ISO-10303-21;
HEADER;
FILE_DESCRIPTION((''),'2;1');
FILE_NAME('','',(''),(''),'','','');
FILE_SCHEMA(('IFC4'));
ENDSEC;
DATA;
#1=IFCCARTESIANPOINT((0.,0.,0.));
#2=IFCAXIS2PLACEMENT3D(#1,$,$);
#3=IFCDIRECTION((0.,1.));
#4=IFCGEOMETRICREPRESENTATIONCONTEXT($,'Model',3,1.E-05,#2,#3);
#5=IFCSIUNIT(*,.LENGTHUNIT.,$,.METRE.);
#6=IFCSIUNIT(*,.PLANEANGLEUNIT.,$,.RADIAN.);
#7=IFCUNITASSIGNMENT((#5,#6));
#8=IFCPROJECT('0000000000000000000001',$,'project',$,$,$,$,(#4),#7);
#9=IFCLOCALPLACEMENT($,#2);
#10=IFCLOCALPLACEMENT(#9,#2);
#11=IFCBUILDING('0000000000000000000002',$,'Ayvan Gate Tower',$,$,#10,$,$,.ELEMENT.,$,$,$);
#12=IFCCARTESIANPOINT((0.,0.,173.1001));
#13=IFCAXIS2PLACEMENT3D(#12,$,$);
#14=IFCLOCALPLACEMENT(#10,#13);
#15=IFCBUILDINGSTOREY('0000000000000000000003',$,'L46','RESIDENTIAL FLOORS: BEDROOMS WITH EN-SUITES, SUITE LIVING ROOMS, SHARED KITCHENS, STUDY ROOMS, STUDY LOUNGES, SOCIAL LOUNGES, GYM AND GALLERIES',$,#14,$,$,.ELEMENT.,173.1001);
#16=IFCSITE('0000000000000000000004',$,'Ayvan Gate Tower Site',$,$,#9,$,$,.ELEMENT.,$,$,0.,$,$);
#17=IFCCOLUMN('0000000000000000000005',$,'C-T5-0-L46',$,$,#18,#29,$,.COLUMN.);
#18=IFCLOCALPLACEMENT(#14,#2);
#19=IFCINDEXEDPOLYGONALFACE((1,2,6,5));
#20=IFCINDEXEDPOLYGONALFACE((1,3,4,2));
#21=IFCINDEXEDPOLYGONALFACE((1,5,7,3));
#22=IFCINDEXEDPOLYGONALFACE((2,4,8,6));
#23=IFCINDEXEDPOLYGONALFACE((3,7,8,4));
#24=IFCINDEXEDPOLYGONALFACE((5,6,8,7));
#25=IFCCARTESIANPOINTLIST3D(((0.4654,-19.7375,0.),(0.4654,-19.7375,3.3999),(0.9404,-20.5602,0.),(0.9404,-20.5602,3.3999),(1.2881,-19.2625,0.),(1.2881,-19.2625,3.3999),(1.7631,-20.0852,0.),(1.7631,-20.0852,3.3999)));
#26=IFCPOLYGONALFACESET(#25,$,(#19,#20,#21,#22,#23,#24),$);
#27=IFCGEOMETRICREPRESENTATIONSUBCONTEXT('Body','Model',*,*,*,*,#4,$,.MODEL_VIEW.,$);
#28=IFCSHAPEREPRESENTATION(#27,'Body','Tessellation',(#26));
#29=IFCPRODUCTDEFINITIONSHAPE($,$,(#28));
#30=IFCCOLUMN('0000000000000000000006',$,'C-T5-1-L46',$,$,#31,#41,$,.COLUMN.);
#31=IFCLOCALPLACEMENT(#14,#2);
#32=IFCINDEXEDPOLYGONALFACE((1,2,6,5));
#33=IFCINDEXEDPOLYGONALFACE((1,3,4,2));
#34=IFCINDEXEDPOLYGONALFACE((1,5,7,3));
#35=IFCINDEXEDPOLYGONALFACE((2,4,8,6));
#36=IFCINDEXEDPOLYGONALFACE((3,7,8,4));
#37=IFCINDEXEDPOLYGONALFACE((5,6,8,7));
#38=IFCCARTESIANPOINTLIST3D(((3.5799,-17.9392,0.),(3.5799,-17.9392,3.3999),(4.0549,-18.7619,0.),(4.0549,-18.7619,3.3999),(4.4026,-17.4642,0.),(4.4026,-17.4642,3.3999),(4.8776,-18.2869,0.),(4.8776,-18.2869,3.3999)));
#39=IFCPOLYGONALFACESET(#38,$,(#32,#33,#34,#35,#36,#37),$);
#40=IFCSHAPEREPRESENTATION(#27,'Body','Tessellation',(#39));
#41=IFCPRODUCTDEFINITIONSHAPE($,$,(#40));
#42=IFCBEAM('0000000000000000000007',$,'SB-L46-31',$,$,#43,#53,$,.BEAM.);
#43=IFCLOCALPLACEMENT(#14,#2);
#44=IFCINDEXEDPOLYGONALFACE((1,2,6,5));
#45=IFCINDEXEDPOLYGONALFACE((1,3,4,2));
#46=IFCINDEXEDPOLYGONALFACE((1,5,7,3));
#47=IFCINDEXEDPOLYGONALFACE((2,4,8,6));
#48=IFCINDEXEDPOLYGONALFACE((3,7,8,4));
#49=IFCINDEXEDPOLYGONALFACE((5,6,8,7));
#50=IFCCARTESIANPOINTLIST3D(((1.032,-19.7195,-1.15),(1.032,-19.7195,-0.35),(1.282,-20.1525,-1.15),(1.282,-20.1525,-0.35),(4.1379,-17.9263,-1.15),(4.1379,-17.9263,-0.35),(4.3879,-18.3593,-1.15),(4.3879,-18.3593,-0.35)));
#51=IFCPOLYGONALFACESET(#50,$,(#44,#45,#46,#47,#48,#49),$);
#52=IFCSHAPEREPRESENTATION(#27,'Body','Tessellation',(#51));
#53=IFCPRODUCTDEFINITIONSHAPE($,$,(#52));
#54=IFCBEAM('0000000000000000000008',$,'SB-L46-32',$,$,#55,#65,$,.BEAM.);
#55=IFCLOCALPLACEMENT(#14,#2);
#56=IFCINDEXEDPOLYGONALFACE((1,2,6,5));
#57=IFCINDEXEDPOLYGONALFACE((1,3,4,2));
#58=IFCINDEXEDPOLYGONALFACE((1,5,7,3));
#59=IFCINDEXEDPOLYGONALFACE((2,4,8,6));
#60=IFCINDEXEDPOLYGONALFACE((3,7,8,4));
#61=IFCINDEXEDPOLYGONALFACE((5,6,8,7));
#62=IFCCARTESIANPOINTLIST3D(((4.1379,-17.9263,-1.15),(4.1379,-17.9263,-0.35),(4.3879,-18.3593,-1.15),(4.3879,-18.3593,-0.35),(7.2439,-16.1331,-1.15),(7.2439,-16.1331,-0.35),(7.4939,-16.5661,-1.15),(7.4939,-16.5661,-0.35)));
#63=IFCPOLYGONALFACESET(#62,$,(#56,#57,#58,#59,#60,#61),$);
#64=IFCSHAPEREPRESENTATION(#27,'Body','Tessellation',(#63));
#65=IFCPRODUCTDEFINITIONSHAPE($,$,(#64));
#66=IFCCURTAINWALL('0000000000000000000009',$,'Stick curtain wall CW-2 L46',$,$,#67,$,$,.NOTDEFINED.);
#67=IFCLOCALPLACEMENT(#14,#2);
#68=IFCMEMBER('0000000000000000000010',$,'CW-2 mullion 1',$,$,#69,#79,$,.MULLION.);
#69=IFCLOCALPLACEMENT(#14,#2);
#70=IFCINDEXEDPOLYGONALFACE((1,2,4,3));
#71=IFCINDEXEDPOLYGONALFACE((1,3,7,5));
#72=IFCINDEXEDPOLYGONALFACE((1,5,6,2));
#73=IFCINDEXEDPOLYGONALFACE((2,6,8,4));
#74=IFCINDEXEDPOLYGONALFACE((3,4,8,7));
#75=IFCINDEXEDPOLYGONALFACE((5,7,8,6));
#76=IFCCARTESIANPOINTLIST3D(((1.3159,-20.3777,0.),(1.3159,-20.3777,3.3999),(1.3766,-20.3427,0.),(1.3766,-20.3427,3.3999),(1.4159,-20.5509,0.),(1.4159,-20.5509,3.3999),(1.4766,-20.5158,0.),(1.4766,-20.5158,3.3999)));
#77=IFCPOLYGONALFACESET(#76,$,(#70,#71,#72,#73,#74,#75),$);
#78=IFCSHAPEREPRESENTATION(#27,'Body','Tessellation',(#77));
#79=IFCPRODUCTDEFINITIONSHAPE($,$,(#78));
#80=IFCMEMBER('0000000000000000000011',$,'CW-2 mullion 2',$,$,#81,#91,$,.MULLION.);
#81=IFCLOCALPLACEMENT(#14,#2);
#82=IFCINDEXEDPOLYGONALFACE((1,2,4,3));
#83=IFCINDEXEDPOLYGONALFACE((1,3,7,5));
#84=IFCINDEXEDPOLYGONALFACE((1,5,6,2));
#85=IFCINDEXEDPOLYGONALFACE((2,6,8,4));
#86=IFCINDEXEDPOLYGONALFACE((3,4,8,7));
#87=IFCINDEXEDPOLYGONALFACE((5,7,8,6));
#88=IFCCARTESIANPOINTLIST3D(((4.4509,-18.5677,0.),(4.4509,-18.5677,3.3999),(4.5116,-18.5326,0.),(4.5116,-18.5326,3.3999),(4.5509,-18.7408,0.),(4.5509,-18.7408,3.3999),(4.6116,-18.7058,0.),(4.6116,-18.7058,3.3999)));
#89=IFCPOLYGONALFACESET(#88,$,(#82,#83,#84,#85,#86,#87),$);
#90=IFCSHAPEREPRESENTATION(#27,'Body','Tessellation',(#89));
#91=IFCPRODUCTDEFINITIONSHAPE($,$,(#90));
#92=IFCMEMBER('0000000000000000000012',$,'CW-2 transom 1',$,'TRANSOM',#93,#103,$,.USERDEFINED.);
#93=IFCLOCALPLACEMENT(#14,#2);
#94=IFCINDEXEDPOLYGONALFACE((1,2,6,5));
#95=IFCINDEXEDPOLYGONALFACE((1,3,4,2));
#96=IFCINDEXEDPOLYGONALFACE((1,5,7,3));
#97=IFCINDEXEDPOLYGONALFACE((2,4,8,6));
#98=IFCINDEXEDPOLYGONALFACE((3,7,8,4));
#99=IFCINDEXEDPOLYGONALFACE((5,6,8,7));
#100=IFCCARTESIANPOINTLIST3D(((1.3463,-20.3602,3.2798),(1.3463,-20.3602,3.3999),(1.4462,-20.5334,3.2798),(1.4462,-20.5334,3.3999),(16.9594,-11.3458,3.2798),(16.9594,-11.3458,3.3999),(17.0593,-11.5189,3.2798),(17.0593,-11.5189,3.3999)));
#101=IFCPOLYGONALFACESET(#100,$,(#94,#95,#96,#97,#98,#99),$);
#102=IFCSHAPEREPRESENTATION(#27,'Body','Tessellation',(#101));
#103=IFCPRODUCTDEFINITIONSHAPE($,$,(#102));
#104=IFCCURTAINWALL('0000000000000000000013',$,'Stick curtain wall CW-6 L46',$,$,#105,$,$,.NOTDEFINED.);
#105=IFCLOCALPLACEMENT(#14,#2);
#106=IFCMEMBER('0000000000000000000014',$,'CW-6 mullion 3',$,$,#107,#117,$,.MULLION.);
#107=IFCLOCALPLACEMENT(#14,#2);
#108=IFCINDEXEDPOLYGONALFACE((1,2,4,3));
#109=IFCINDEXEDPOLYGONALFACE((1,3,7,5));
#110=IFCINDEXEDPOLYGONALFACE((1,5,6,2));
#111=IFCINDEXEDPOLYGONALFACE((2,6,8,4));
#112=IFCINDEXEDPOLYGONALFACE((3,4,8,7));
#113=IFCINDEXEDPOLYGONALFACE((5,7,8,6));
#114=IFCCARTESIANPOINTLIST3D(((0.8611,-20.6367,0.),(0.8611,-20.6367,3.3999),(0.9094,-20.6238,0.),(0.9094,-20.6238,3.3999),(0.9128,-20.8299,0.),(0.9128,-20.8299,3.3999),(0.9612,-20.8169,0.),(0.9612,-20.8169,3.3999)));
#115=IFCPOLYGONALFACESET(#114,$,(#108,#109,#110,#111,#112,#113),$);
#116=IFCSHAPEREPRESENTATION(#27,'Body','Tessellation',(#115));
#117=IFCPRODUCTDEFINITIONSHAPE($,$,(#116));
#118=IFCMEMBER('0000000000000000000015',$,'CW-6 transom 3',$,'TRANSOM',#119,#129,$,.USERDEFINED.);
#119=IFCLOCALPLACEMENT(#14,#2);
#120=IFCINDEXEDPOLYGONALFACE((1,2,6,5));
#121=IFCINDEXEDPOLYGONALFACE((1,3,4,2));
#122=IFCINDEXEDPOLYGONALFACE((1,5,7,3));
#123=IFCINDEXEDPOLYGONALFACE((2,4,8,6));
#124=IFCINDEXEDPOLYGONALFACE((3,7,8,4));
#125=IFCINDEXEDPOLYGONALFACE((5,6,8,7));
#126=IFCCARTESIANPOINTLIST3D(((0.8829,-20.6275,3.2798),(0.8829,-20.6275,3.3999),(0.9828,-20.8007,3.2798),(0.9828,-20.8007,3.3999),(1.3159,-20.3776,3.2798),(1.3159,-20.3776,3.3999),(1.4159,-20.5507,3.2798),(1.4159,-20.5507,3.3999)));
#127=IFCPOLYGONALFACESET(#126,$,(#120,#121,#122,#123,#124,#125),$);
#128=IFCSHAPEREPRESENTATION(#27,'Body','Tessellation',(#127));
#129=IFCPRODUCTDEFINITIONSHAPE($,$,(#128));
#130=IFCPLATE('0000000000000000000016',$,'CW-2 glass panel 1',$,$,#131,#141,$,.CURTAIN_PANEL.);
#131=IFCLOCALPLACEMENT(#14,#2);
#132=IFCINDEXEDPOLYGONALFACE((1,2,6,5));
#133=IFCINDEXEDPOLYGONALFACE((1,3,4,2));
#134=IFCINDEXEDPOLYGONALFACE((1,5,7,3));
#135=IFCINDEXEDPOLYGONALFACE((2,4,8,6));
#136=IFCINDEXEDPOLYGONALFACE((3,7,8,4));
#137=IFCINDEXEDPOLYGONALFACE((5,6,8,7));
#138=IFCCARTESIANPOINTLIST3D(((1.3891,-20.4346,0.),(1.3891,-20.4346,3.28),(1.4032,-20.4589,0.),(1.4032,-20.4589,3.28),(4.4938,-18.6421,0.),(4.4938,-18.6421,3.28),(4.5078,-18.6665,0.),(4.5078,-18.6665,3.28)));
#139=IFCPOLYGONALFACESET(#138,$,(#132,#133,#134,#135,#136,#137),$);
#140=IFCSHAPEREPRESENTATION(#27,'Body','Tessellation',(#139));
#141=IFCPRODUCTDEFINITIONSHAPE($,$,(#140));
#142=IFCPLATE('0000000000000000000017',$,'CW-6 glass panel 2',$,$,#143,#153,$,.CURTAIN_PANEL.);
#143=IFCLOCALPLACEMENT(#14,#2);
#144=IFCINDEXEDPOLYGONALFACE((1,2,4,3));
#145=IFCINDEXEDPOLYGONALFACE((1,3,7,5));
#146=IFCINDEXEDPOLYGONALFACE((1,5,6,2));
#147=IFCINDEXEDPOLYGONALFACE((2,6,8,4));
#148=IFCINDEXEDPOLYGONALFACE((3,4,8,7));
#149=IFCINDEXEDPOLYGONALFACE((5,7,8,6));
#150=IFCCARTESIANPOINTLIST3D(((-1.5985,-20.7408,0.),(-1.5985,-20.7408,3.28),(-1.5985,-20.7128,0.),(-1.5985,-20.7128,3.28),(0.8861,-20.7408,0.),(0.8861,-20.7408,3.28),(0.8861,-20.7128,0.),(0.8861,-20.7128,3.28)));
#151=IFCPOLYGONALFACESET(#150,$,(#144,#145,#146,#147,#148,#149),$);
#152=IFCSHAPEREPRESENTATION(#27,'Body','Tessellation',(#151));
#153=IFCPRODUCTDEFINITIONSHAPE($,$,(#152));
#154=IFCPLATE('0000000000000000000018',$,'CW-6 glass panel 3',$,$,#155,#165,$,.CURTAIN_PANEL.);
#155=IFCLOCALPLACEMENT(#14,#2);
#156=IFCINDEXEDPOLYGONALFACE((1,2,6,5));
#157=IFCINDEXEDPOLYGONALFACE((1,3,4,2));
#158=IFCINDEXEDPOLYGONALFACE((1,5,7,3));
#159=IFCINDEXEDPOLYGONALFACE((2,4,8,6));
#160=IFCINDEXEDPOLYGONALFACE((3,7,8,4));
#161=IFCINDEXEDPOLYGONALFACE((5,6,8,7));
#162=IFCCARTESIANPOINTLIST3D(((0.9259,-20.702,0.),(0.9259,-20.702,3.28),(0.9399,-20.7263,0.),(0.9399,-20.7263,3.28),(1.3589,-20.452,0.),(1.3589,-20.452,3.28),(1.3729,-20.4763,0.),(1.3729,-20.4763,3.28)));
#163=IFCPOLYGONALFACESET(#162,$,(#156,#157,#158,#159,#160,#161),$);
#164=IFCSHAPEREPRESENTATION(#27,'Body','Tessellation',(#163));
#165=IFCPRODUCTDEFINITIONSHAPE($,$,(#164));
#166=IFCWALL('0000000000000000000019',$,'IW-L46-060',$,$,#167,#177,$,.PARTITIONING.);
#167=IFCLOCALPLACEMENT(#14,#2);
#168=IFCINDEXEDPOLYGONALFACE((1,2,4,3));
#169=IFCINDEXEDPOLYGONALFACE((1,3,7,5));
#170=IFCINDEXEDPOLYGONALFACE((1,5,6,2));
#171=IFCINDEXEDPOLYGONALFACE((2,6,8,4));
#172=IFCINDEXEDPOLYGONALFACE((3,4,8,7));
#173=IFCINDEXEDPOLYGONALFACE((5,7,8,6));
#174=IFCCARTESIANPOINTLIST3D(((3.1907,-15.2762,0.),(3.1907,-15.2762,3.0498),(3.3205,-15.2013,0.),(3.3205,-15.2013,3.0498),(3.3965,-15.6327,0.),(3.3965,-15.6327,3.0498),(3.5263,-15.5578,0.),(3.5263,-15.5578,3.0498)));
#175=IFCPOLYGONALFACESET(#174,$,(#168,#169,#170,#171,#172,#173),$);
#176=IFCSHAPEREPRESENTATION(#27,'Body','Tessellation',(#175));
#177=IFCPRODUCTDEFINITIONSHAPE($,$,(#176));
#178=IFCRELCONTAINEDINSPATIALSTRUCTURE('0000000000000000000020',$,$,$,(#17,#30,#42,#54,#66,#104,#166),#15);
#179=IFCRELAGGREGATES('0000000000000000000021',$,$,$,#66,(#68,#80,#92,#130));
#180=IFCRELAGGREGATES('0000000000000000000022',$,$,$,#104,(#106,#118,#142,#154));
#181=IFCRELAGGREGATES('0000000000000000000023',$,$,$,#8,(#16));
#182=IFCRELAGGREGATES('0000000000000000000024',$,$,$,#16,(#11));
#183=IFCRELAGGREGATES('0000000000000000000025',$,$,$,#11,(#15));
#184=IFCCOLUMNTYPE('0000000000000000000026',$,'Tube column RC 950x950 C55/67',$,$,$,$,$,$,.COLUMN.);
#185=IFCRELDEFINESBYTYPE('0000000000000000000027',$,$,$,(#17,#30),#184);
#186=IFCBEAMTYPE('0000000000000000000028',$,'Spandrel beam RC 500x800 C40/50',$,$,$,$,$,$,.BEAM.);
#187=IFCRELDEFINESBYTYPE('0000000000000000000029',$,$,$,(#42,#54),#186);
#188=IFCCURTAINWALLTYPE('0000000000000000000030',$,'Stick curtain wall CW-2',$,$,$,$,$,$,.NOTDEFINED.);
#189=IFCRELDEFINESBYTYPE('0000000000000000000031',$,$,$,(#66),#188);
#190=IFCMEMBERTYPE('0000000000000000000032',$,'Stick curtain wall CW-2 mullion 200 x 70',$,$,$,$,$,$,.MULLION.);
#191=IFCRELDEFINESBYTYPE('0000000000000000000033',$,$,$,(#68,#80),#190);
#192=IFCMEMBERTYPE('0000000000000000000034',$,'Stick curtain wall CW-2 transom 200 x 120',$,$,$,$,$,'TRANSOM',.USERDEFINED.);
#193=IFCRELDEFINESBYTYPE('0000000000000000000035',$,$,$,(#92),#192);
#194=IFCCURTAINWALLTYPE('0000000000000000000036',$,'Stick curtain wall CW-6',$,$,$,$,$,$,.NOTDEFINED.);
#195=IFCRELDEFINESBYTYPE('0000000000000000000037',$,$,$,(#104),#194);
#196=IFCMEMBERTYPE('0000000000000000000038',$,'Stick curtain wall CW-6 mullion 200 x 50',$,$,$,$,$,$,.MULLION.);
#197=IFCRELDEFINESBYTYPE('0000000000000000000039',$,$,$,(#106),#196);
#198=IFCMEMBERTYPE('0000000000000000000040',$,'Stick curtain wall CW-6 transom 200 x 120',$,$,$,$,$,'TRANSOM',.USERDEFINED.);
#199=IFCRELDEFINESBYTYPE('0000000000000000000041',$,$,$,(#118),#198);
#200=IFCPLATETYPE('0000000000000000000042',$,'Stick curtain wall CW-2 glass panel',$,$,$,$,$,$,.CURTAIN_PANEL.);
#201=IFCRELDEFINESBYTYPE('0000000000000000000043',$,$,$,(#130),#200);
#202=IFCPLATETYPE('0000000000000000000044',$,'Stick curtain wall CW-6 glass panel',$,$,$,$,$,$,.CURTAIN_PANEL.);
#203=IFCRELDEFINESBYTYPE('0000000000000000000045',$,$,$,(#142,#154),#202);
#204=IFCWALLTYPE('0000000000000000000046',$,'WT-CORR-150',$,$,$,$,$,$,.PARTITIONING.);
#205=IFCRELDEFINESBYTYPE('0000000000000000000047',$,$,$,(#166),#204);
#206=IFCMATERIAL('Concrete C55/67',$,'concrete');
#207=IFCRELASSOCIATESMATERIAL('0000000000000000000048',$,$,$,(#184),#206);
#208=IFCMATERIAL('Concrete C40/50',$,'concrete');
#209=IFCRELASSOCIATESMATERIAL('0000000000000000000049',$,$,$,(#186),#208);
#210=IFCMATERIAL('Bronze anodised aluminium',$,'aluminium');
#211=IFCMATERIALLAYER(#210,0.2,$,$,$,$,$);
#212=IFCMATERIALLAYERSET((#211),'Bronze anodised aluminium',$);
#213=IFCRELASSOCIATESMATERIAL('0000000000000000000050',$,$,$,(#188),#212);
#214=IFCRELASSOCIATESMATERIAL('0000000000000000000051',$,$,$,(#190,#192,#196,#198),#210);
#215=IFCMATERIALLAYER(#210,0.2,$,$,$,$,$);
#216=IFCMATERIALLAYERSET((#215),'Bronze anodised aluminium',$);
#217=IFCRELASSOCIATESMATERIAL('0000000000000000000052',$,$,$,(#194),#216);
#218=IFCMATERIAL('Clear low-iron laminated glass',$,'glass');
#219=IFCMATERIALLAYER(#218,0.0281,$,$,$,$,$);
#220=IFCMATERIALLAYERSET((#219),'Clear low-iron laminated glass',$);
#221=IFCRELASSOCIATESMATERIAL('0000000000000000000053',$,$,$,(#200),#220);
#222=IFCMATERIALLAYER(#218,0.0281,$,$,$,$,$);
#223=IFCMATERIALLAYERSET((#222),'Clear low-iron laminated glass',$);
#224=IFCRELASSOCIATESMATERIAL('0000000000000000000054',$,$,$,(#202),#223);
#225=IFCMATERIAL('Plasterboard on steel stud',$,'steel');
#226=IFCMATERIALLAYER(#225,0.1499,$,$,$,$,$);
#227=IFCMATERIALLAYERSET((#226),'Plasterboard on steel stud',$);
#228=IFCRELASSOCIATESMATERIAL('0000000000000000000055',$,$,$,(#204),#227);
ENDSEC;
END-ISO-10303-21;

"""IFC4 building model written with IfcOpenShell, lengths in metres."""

from ifc_helpers import new_model, si_unit, direction, frame, frame_2d, origin, origin_2d, place, context, subcontext, project, spatial, rectangle, extrude, material, layer, layer_set, material_profile, profile_set, type_object, element, aggregate, save


model = new_model("IFC4")

# Units and contexts
model_context = context("Model", 3, precision=1e-05, world=origin(), true_north=direction((0.0, 1.0)))
body_context = subcontext(model_context, "Body", "Model", "MODEL_VIEW")
ifc_project = project(units=[si_unit("LENGTHUNIT", "METRE"), si_unit("PLANEANGLEUNIT", "RADIAN")], contexts=[model_context])

# Site, building, storey
site_placement = place(None, origin())
site = spatial("IfcSite", under=ifc_project, at=site_placement, Name="Ayvan Gate Tower Site", CompositionType="ELEMENT", RefElevation=0.0)
building_placement = place(site_placement, origin())
building = spatial("IfcBuilding", under=site, at=building_placement, Name="Ayvan Gate Tower", CompositionType="ELEMENT")
storey_placement = place(building_placement, frame((0.0, 0.0, 173.1001)))
storey = spatial("IfcBuildingStorey", under=building, at=storey_placement, Name="L46", Description="RESIDENTIAL FLOORS: BEDROOMS WITH EN-SUITES, SUITE LIVING ROOMS, SHARED KITCHENS, STUDY ROOMS, STUDY LOUNGES, SOCIAL LOUNGES, GYM AND GALLERIES", CompositionType="ELEMENT", Elevation=173.1001)

# Columns
ifc_material_1 = material(Name="Concrete C55/67", Category="concrete")
ifc_material_profile_1 = material_profile(ifc_material_1, rectangle(XDim=0.95, YDim=0.95, at=origin_2d()), Name="RC 950x950")
ifc_profile_set_1 = profile_set([ifc_material_profile_1], Name="Concrete C55/67")
column_type = type_object("IfcColumnType", Name="Tube column RC 950x950 C55/67", PredefinedType="COLUMN", material=ifc_profile_set_1)
for number, where, z_axis, x_axis, name in (
    (1, (1.1143, -19.9114, 0.0), (0.0, 0.0, 1.0), (0.5, -0.866025, 0.0), "C-T5-0-L46"),
    (2, (4.2288, -18.113, 0.0), (0.0, 0.0, 1.0), (0.5, -0.866025, 0.0), "C-T5-1-L46"),
):
    element("IfcColumn", number, at=place(storey_placement, frame(where, z_axis=z_axis, x_axis=x_axis)), inside=storey, type_object=column_type, Name=name, PredefinedType="COLUMN", context=body_context, shape_type="SweptSolid", body=[
        extrude(rectangle(XDim=0.95, YDim=0.95, at=origin_2d()), origin(), (0.0, 0.0, 1.0), 3.3999),
    ])

# Beams
ifc_material_2 = material(Name="Concrete C40/50", Category="concrete")
ifc_material_profile_2 = material_profile(ifc_material_2, rectangle(XDim=0.5, YDim=0.8, at=origin_2d()), Name="RC 500x800")
ifc_profile_set_2 = profile_set([ifc_material_profile_2], Name="Concrete C40/50")
beam_type = type_object("IfcBeamType", Name="Spandrel beam RC 500x800 C40/50", PredefinedType="BEAM", material=ifc_profile_set_2)
for number, where, z_axis, x_axis, name in (
    (3, (1.157, -19.936, -0.75), (0.866027, 0.499997, 0.0), (-0.499997, 0.866027, 0.0), "SB-L46-31"),
    (4, (4.2629, -18.1428, -0.75), (0.866027, 0.499997, 0.0), (-0.499997, 0.866027, 0.0), "SB-L46-32"),
):
    element("IfcBeam", number, at=place(storey_placement, frame(where, z_axis=z_axis, x_axis=x_axis)), inside=storey, type_object=beam_type, Name=name, PredefinedType="BEAM", context=body_context, shape_type="SweptSolid", body=[
        extrude(rectangle(XDim=0.5, YDim=0.8, at=origin_2d()), origin(), (0.0, 0.0, 1.0), 3.5864),
    ])

# Curtain walls, members
ifc_material_3 = material(Name="Bronze anodised aluminium", Category="aluminium")
ifc_layer_1 = layer(ifc_material_3, 0.2)
ifc_layer_set_1 = layer_set([ifc_layer_1], Name="Bronze anodised aluminium")
curtain_wall_type_1 = type_object("IfcCurtainWallType", Name="Stick curtain wall CW-2", PredefinedType="NOTDEFINED", material=ifc_layer_set_1)
curtain_wall_1_placement = place(storey_placement, origin())
curtain_wall_1 = element("IfcCurtainWall", 5, at=curtain_wall_1_placement, inside=storey, type_object=curtain_wall_type_1, Name="Stick curtain wall CW-2 L46", PredefinedType="NOTDEFINED")
ifc_material_profile_3 = material_profile(ifc_material_3, rectangle(XDim=0.2, YDim=0.0701, at=origin_2d()), Name="Stick curtain wall CW-2 mullion 200 x 70")
ifc_profile_set_3 = profile_set([ifc_material_profile_3], Name="Bronze anodised aluminium")
member_type_1 = type_object("IfcMemberType", Name="Stick curtain wall CW-2 mullion 200 x 70", PredefinedType="MULLION", material=ifc_profile_set_3)
member_1_placement = place(storey_placement, frame((1.3962, -20.4468, 0.0), z_axis=(0.0, 0.0, 1.0), x_axis=(0.5, -0.866025, 0.0)))
member_1 = element("IfcMember", 6, at=member_1_placement, type_object=member_type_1, Name="CW-2 mullion 1", PredefinedType="MULLION", context=body_context, shape_type="SweptSolid", body=[
    extrude(rectangle(XDim=0.2, YDim=0.0701, at=origin_2d()), origin(), (0.0, 0.0, 1.0), 3.3999),
])
member_2_placement = place(storey_placement, frame((4.5312, -18.6367, 0.0), z_axis=(0.0, 0.0, 1.0), x_axis=(0.5, -0.866025, 0.0)))
member_2 = element("IfcMember", 7, at=member_2_placement, type_object=member_type_1, Name="CW-2 mullion 2", PredefinedType="MULLION", context=body_context, shape_type="SweptSolid", body=[
    extrude(rectangle(XDim=0.2, YDim=0.0701, at=origin_2d()), origin(), (0.0, 0.0, 1.0), 3.3999),
])
ifc_material_profile_4 = material_profile(ifc_material_3, rectangle(XDim=0.2, YDim=0.1201, at=origin_2d()), Name="Stick curtain wall CW-2 transom 200 x 120")
ifc_profile_set_4 = profile_set([ifc_material_profile_4], Name="Bronze anodised aluminium")
member_type_2 = type_object("IfcMemberType", Name="Stick curtain wall CW-2 transom 200 x 120", ElementType="TRANSOM", PredefinedType="USERDEFINED", material=ifc_profile_set_4)
member_3_placement = place(storey_placement, frame((1.3962, -20.4468, 3.3398), z_axis=(0.86602, 0.500009, 0.0), x_axis=(-0.500009, 0.86602, 0.0)))
member_3 = element("IfcMember", 8, at=member_3_placement, type_object=member_type_2, Name="CW-2 transom 1", ObjectType="TRANSOM", PredefinedType="USERDEFINED", context=body_context, shape_type="SweptSolid", body=[
    extrude(rectangle(XDim=0.2, YDim=0.1201, at=origin_2d()), origin(), (0.0, 0.0, 1.0), 18.0286),
])
ifc_layer_2 = layer(ifc_material_3, 0.2)
ifc_layer_set_2 = layer_set([ifc_layer_2], Name="Bronze anodised aluminium")
curtain_wall_type_2 = type_object("IfcCurtainWallType", Name="Stick curtain wall CW-6", PredefinedType="NOTDEFINED", material=ifc_layer_set_2)
curtain_wall_2_placement = place(storey_placement, origin())
curtain_wall_2 = element("IfcCurtainWall", 9, at=curtain_wall_2_placement, inside=storey, type_object=curtain_wall_type_2, Name="Stick curtain wall CW-6 L46", PredefinedType="NOTDEFINED")
ifc_material_profile_5 = material_profile(ifc_material_3, rectangle(XDim=0.2, YDim=0.05, at=origin_2d()), Name="Stick curtain wall CW-6 mullion 200 x 50")
ifc_profile_set_5 = profile_set([ifc_material_profile_5], Name="Bronze anodised aluminium")
member_type_3 = type_object("IfcMemberType", Name="Stick curtain wall CW-6 mullion 200 x 50", PredefinedType="MULLION", material=ifc_profile_set_5)
member_4_placement = place(storey_placement, frame((0.9111, -20.7268, 0.0), z_axis=(0.0, 0.0, 1.0), x_axis=(0.258819, -0.965926, 0.0)))
member_4 = element("IfcMember", 10, at=member_4_placement, type_object=member_type_3, Name="CW-6 mullion 3", PredefinedType="MULLION", context=body_context, shape_type="SweptSolid", body=[
    extrude(rectangle(XDim=0.2, YDim=0.05, at=origin_2d()), origin(), (0.0, 0.0, 1.0), 3.3999),
])
ifc_material_profile_6 = material_profile(ifc_material_3, rectangle(XDim=0.2, YDim=0.1201, at=origin_2d()), Name="Stick curtain wall CW-6 transom 200 x 120")
ifc_profile_set_6 = profile_set([ifc_material_profile_6], Name="Bronze anodised aluminium")
member_type_4 = type_object("IfcMemberType", Name="Stick curtain wall CW-6 transom 200 x 120", ElementType="TRANSOM", PredefinedType="USERDEFINED", material=ifc_profile_set_6)
member_5_placement = place(storey_placement, frame((0.9329, -20.7141, 3.3398), z_axis=(0.866072, 0.49992, 0.0), x_axis=(-0.49992, 0.866072, 0.0)))
member_5 = element("IfcMember", 11, at=member_5_placement, type_object=member_type_4, Name="CW-6 transom 3", ObjectType="TRANSOM", PredefinedType="USERDEFINED", context=body_context, shape_type="SweptSolid", body=[
    extrude(rectangle(XDim=0.2, YDim=0.1201, at=origin_2d()), origin(), (0.0, 0.0, 1.0), 0.5),
])

# Plates
ifc_material_4 = material(Name="Clear low-iron laminated glass", Category="glass")
ifc_layer_3 = layer(ifc_material_4, 0.0281)
ifc_layer_set_3 = layer_set([ifc_layer_3], Name="Clear low-iron laminated glass")
plate_type_1 = type_object("IfcPlateType", Name="Stick curtain wall CW-2 glass panel", PredefinedType="CURTAIN_PANEL", material=ifc_layer_set_3)
plate_1_placement = place(storey_placement, frame((2.9485, -19.5505, 0.0), z_axis=(0.0, 0.0, 1.0), x_axis=(0.866025, 0.5, 0.0)))
plate_1 = element("IfcPlate", 12, at=plate_1_placement, type_object=plate_type_1, Name="CW-2 glass panel 1", PredefinedType="CURTAIN_PANEL", context=body_context, shape_type="SweptSolid", body=[
    extrude(rectangle(XDim=3.585, YDim=0.0281, at=origin_2d()), origin(), (0.0, 0.0, 1.0), 3.28),
])
aggregate(curtain_wall_1, [member_1, member_2, member_3, plate_1])
ifc_layer_4 = layer(ifc_material_4, 0.0281)
ifc_layer_set_4 = layer_set([ifc_layer_4], Name="Clear low-iron laminated glass")
plate_type_2 = type_object("IfcPlateType", Name="Stick curtain wall CW-6 glass panel", PredefinedType="CURTAIN_PANEL", material=ifc_layer_set_4)
plate_2_placement = place(storey_placement, frame((-0.3562, -20.7268, 0.0), z_axis=(0.0, 0.0, 1.0), x_axis=(1.0, 0.0, 0.0)))
plate_2 = element("IfcPlate", 13, at=plate_2_placement, type_object=plate_type_2, Name="CW-6 glass panel 2", PredefinedType="CURTAIN_PANEL", context=body_context, shape_type="SweptSolid", body=[
    extrude(rectangle(XDim=2.4846, YDim=0.0281, at=origin_2d()), origin(), (0.0, 0.0, 1.0), 3.28),
])
plate_3_placement = place(storey_placement, frame((1.1494, -20.5891, 0.0), z_axis=(0.0, 0.0, 1.0), x_axis=(0.866025, 0.5, 0.0)))
plate_3 = element("IfcPlate", 14, at=plate_3_placement, type_object=plate_type_2, Name="CW-6 glass panel 3", PredefinedType="CURTAIN_PANEL", context=body_context, shape_type="SweptSolid", body=[
    extrude(rectangle(XDim=0.5, YDim=0.0281, at=origin_2d()), origin(), (0.0, 0.0, 1.0), 3.28),
])
aggregate(curtain_wall_2, [member_4, member_5, plate_2, plate_3])

# Wall
ifc_material_5 = material(Name="Plasterboard on steel stud", Category="steel")
ifc_layer_5 = layer(ifc_material_5, 0.1499)
ifc_layer_set_5 = layer_set([ifc_layer_5], Name="Plasterboard on steel stud")
wall_type_1 = type_object("IfcWallType", Name="WT-CORR-150", PredefinedType="PARTITIONING", material=ifc_layer_set_5)
wall_1_placement = place(storey_placement, frame((3.2556, -15.2388, 0.0), z_axis=(0.0, 0.0, 1.0), x_axis=(0.500031, -0.866008, 0.0)))
element("IfcWall", 15, at=wall_1_placement, inside=storey, type_object=wall_type_1, Name="IW-L46-060", PredefinedType="PARTITIONING", context=body_context, shape_type="SweptSolid", body=[
    extrude(rectangle(XDim=0.4116, YDim=0.1499, at=frame_2d((0.2058, 0.0))), origin(), (0.0, 0.0, 1.0), 3.0498),
])

save(model, "model.ifc")
